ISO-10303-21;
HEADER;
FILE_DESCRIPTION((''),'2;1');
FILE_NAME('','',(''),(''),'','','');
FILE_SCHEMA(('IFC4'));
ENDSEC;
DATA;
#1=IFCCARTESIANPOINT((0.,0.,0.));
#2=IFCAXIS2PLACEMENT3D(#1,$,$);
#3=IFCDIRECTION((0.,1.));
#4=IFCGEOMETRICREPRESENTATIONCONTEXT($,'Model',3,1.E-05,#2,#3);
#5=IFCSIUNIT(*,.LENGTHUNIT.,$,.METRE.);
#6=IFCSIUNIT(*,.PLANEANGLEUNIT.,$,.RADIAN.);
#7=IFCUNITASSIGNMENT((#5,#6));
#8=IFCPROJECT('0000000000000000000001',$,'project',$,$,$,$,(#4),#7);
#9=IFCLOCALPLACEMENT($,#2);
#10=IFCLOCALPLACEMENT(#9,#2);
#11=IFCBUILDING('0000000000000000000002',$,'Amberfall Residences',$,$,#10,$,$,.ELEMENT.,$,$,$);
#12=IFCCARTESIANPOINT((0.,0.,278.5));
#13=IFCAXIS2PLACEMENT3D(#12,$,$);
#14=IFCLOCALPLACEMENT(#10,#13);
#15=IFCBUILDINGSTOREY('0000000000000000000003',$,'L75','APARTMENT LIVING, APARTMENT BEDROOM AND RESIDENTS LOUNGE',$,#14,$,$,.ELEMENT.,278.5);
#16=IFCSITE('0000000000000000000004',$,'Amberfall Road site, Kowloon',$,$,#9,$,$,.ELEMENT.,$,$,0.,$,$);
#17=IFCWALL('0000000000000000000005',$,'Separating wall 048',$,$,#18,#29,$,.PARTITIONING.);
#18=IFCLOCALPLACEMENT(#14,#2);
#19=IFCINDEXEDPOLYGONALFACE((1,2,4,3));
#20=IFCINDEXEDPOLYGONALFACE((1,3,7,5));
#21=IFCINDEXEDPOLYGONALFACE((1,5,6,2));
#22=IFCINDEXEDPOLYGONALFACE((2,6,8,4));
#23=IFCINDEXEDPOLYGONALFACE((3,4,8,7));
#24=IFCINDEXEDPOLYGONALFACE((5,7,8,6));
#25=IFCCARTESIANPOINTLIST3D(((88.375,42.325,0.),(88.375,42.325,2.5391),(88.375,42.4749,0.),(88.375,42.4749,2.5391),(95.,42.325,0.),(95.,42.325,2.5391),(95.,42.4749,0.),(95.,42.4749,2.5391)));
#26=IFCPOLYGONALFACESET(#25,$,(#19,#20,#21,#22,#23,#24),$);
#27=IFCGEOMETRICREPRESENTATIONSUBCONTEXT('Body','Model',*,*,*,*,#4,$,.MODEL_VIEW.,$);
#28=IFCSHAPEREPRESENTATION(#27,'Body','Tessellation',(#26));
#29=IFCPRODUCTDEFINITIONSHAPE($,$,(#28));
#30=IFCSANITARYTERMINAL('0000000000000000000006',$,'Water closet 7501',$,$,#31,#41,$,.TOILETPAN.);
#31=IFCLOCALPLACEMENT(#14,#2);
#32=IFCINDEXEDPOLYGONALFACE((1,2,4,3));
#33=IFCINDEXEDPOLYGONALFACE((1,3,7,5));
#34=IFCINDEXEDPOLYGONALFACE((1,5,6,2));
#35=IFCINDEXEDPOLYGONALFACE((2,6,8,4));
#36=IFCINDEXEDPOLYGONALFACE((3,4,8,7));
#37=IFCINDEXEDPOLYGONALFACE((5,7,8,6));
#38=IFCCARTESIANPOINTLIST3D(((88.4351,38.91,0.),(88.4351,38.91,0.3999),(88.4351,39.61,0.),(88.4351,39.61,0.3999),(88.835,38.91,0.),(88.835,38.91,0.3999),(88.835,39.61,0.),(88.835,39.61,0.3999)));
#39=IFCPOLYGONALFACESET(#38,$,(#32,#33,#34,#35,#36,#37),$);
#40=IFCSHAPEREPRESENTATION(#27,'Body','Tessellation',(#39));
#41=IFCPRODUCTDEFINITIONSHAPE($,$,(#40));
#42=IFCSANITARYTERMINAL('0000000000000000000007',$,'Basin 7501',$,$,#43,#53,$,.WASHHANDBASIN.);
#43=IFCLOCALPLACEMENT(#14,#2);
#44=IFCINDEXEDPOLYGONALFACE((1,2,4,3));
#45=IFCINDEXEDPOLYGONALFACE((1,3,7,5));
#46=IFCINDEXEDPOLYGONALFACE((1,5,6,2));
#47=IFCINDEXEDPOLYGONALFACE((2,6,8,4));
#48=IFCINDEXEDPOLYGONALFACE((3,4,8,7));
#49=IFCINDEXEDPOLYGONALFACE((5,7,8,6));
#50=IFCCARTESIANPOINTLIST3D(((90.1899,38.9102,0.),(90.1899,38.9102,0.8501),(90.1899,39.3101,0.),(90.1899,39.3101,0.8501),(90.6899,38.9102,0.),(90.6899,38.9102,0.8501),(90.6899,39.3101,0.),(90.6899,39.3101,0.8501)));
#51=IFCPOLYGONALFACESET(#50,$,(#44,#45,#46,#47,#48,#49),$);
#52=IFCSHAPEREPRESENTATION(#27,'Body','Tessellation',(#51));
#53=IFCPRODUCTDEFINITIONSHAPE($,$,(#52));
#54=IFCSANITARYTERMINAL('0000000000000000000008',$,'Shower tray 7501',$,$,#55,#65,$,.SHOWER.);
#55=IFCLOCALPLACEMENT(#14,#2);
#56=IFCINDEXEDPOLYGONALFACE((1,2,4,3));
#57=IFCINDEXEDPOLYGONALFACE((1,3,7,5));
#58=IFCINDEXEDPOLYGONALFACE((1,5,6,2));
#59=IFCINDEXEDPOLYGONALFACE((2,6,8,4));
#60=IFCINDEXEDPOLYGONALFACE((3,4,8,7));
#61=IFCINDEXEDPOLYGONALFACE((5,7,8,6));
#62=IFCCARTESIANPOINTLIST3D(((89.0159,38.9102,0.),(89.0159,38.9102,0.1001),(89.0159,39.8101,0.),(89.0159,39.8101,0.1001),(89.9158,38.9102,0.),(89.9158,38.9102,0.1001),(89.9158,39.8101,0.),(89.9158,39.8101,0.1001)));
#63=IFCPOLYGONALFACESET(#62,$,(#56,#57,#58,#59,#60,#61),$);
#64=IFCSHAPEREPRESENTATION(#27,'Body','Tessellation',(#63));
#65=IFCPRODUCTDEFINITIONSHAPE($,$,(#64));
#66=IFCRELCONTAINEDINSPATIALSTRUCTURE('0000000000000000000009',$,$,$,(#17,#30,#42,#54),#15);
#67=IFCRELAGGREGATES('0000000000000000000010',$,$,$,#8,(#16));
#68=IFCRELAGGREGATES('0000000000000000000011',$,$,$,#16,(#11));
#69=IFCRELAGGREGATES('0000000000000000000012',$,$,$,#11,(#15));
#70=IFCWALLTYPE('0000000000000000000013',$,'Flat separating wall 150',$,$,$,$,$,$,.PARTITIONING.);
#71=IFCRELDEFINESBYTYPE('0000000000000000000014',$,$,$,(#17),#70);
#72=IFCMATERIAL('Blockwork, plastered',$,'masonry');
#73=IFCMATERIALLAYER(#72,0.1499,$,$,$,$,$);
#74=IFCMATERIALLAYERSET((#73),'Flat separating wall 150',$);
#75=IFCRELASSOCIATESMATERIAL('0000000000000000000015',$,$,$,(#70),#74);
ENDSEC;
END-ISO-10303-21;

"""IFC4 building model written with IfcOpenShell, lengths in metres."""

from ifc_helpers import new_model, si_unit, direction, frame, frame_2d, origin, origin_2d, place, context, subcontext, project, spatial, rectangle, extrude, material, layer, layer_set, type_object, element, save


model = new_model("IFC4")

# Units and contexts
model_context = context("Model", 3, precision=1e-05, world=origin(), true_north=direction((0.0, 1.0)))
body_context = subcontext(model_context, "Body", "Model", "MODEL_VIEW")
ifc_project = project(units=[si_unit("LENGTHUNIT", "METRE"), si_unit("PLANEANGLEUNIT", "RADIAN")], contexts=[model_context])

# Site, building, storey
site_placement = place(None, origin())
site = spatial("IfcSite", under=ifc_project, at=site_placement, Name="Amberfall Road site, Kowloon", CompositionType="ELEMENT", RefElevation=0.0)
building_placement = place(site_placement, origin())
building = spatial("IfcBuilding", under=site, at=building_placement, Name="Amberfall Residences", CompositionType="ELEMENT")
storey_placement = place(building_placement, frame((0.0, 0.0, 278.5)))
storey = spatial("IfcBuildingStorey", under=building, at=storey_placement, Name="L75", Description="APARTMENT LIVING, APARTMENT BEDROOM AND RESIDENTS LOUNGE", CompositionType="ELEMENT", Elevation=278.5)

# Wall
ifc_material_1 = material(Name="Blockwork, plastered", Category="masonry")
ifc_layer_1 = layer(ifc_material_1, 0.1499)
ifc_layer_set_1 = layer_set([ifc_layer_1], Name="Flat separating wall 150")
wall_type_1 = type_object("IfcWallType", Name="Flat separating wall 150", PredefinedType="PARTITIONING", material=ifc_layer_set_1)
wall_1_placement = place(storey_placement, frame((88.375, 42.3999, 0.0), z_axis=(0.0, 0.0, 1.0), x_axis=(1.0, 0.0, 0.0)))
element("IfcWall", 1, at=wall_1_placement, inside=storey, type_object=wall_type_1, Name="Separating wall 048", PredefinedType="PARTITIONING", context=body_context, shape_type="SweptSolid", body=[
    extrude(rectangle(XDim=6.625, YDim=0.1499, at=frame_2d((3.3125, 0.0))), origin(), (0.0, 0.0, 1.0), 2.5391),
])

# Sanitary terminals
sanitary_terminal_1_placement = place(storey_placement, frame((88.635, 39.26, 0.0), z_axis=(0.0, 0.0, 1.0), x_axis=(1.0, 0.0, 0.0)))
element("IfcSanitaryTerminal", 2, at=sanitary_terminal_1_placement, inside=storey, Name="Water closet 7501", PredefinedType="TOILETPAN", context=body_context, shape_type="SweptSolid", body=[
    extrude(rectangle(XDim=0.3999, YDim=0.7, at=origin_2d()), origin(), (0.0, 0.0, 1.0), 0.3999),
])
sanitary_terminal_2_placement = place(storey_placement, frame((90.4399, 39.1101, 0.0), z_axis=(0.0, 0.0, 1.0), x_axis=(1.0, 0.0, 0.0)))
element("IfcSanitaryTerminal", 3, at=sanitary_terminal_2_placement, inside=storey, Name="Basin 7501", PredefinedType="WASHHANDBASIN", context=body_context, shape_type="SweptSolid", body=[
    extrude(rectangle(XDim=0.5, YDim=0.3999, at=origin_2d()), origin(), (0.0, 0.0, 1.0), 0.8501),
])
sanitary_terminal_3_placement = place(storey_placement, frame((89.4658, 39.3601, 0.0), z_axis=(0.0, 0.0, 1.0), x_axis=(1.0, 0.0, 0.0)))
element("IfcSanitaryTerminal", 4, at=sanitary_terminal_3_placement, inside=storey, Name="Shower tray 7501", PredefinedType="SHOWER", context=body_context, shape_type="SweptSolid", body=[
    extrude(rectangle(XDim=0.8999, YDim=0.8999, at=origin_2d()), origin(), (0.0, 0.0, 1.0), 0.1001),
])

save(model, "model.ifc")
